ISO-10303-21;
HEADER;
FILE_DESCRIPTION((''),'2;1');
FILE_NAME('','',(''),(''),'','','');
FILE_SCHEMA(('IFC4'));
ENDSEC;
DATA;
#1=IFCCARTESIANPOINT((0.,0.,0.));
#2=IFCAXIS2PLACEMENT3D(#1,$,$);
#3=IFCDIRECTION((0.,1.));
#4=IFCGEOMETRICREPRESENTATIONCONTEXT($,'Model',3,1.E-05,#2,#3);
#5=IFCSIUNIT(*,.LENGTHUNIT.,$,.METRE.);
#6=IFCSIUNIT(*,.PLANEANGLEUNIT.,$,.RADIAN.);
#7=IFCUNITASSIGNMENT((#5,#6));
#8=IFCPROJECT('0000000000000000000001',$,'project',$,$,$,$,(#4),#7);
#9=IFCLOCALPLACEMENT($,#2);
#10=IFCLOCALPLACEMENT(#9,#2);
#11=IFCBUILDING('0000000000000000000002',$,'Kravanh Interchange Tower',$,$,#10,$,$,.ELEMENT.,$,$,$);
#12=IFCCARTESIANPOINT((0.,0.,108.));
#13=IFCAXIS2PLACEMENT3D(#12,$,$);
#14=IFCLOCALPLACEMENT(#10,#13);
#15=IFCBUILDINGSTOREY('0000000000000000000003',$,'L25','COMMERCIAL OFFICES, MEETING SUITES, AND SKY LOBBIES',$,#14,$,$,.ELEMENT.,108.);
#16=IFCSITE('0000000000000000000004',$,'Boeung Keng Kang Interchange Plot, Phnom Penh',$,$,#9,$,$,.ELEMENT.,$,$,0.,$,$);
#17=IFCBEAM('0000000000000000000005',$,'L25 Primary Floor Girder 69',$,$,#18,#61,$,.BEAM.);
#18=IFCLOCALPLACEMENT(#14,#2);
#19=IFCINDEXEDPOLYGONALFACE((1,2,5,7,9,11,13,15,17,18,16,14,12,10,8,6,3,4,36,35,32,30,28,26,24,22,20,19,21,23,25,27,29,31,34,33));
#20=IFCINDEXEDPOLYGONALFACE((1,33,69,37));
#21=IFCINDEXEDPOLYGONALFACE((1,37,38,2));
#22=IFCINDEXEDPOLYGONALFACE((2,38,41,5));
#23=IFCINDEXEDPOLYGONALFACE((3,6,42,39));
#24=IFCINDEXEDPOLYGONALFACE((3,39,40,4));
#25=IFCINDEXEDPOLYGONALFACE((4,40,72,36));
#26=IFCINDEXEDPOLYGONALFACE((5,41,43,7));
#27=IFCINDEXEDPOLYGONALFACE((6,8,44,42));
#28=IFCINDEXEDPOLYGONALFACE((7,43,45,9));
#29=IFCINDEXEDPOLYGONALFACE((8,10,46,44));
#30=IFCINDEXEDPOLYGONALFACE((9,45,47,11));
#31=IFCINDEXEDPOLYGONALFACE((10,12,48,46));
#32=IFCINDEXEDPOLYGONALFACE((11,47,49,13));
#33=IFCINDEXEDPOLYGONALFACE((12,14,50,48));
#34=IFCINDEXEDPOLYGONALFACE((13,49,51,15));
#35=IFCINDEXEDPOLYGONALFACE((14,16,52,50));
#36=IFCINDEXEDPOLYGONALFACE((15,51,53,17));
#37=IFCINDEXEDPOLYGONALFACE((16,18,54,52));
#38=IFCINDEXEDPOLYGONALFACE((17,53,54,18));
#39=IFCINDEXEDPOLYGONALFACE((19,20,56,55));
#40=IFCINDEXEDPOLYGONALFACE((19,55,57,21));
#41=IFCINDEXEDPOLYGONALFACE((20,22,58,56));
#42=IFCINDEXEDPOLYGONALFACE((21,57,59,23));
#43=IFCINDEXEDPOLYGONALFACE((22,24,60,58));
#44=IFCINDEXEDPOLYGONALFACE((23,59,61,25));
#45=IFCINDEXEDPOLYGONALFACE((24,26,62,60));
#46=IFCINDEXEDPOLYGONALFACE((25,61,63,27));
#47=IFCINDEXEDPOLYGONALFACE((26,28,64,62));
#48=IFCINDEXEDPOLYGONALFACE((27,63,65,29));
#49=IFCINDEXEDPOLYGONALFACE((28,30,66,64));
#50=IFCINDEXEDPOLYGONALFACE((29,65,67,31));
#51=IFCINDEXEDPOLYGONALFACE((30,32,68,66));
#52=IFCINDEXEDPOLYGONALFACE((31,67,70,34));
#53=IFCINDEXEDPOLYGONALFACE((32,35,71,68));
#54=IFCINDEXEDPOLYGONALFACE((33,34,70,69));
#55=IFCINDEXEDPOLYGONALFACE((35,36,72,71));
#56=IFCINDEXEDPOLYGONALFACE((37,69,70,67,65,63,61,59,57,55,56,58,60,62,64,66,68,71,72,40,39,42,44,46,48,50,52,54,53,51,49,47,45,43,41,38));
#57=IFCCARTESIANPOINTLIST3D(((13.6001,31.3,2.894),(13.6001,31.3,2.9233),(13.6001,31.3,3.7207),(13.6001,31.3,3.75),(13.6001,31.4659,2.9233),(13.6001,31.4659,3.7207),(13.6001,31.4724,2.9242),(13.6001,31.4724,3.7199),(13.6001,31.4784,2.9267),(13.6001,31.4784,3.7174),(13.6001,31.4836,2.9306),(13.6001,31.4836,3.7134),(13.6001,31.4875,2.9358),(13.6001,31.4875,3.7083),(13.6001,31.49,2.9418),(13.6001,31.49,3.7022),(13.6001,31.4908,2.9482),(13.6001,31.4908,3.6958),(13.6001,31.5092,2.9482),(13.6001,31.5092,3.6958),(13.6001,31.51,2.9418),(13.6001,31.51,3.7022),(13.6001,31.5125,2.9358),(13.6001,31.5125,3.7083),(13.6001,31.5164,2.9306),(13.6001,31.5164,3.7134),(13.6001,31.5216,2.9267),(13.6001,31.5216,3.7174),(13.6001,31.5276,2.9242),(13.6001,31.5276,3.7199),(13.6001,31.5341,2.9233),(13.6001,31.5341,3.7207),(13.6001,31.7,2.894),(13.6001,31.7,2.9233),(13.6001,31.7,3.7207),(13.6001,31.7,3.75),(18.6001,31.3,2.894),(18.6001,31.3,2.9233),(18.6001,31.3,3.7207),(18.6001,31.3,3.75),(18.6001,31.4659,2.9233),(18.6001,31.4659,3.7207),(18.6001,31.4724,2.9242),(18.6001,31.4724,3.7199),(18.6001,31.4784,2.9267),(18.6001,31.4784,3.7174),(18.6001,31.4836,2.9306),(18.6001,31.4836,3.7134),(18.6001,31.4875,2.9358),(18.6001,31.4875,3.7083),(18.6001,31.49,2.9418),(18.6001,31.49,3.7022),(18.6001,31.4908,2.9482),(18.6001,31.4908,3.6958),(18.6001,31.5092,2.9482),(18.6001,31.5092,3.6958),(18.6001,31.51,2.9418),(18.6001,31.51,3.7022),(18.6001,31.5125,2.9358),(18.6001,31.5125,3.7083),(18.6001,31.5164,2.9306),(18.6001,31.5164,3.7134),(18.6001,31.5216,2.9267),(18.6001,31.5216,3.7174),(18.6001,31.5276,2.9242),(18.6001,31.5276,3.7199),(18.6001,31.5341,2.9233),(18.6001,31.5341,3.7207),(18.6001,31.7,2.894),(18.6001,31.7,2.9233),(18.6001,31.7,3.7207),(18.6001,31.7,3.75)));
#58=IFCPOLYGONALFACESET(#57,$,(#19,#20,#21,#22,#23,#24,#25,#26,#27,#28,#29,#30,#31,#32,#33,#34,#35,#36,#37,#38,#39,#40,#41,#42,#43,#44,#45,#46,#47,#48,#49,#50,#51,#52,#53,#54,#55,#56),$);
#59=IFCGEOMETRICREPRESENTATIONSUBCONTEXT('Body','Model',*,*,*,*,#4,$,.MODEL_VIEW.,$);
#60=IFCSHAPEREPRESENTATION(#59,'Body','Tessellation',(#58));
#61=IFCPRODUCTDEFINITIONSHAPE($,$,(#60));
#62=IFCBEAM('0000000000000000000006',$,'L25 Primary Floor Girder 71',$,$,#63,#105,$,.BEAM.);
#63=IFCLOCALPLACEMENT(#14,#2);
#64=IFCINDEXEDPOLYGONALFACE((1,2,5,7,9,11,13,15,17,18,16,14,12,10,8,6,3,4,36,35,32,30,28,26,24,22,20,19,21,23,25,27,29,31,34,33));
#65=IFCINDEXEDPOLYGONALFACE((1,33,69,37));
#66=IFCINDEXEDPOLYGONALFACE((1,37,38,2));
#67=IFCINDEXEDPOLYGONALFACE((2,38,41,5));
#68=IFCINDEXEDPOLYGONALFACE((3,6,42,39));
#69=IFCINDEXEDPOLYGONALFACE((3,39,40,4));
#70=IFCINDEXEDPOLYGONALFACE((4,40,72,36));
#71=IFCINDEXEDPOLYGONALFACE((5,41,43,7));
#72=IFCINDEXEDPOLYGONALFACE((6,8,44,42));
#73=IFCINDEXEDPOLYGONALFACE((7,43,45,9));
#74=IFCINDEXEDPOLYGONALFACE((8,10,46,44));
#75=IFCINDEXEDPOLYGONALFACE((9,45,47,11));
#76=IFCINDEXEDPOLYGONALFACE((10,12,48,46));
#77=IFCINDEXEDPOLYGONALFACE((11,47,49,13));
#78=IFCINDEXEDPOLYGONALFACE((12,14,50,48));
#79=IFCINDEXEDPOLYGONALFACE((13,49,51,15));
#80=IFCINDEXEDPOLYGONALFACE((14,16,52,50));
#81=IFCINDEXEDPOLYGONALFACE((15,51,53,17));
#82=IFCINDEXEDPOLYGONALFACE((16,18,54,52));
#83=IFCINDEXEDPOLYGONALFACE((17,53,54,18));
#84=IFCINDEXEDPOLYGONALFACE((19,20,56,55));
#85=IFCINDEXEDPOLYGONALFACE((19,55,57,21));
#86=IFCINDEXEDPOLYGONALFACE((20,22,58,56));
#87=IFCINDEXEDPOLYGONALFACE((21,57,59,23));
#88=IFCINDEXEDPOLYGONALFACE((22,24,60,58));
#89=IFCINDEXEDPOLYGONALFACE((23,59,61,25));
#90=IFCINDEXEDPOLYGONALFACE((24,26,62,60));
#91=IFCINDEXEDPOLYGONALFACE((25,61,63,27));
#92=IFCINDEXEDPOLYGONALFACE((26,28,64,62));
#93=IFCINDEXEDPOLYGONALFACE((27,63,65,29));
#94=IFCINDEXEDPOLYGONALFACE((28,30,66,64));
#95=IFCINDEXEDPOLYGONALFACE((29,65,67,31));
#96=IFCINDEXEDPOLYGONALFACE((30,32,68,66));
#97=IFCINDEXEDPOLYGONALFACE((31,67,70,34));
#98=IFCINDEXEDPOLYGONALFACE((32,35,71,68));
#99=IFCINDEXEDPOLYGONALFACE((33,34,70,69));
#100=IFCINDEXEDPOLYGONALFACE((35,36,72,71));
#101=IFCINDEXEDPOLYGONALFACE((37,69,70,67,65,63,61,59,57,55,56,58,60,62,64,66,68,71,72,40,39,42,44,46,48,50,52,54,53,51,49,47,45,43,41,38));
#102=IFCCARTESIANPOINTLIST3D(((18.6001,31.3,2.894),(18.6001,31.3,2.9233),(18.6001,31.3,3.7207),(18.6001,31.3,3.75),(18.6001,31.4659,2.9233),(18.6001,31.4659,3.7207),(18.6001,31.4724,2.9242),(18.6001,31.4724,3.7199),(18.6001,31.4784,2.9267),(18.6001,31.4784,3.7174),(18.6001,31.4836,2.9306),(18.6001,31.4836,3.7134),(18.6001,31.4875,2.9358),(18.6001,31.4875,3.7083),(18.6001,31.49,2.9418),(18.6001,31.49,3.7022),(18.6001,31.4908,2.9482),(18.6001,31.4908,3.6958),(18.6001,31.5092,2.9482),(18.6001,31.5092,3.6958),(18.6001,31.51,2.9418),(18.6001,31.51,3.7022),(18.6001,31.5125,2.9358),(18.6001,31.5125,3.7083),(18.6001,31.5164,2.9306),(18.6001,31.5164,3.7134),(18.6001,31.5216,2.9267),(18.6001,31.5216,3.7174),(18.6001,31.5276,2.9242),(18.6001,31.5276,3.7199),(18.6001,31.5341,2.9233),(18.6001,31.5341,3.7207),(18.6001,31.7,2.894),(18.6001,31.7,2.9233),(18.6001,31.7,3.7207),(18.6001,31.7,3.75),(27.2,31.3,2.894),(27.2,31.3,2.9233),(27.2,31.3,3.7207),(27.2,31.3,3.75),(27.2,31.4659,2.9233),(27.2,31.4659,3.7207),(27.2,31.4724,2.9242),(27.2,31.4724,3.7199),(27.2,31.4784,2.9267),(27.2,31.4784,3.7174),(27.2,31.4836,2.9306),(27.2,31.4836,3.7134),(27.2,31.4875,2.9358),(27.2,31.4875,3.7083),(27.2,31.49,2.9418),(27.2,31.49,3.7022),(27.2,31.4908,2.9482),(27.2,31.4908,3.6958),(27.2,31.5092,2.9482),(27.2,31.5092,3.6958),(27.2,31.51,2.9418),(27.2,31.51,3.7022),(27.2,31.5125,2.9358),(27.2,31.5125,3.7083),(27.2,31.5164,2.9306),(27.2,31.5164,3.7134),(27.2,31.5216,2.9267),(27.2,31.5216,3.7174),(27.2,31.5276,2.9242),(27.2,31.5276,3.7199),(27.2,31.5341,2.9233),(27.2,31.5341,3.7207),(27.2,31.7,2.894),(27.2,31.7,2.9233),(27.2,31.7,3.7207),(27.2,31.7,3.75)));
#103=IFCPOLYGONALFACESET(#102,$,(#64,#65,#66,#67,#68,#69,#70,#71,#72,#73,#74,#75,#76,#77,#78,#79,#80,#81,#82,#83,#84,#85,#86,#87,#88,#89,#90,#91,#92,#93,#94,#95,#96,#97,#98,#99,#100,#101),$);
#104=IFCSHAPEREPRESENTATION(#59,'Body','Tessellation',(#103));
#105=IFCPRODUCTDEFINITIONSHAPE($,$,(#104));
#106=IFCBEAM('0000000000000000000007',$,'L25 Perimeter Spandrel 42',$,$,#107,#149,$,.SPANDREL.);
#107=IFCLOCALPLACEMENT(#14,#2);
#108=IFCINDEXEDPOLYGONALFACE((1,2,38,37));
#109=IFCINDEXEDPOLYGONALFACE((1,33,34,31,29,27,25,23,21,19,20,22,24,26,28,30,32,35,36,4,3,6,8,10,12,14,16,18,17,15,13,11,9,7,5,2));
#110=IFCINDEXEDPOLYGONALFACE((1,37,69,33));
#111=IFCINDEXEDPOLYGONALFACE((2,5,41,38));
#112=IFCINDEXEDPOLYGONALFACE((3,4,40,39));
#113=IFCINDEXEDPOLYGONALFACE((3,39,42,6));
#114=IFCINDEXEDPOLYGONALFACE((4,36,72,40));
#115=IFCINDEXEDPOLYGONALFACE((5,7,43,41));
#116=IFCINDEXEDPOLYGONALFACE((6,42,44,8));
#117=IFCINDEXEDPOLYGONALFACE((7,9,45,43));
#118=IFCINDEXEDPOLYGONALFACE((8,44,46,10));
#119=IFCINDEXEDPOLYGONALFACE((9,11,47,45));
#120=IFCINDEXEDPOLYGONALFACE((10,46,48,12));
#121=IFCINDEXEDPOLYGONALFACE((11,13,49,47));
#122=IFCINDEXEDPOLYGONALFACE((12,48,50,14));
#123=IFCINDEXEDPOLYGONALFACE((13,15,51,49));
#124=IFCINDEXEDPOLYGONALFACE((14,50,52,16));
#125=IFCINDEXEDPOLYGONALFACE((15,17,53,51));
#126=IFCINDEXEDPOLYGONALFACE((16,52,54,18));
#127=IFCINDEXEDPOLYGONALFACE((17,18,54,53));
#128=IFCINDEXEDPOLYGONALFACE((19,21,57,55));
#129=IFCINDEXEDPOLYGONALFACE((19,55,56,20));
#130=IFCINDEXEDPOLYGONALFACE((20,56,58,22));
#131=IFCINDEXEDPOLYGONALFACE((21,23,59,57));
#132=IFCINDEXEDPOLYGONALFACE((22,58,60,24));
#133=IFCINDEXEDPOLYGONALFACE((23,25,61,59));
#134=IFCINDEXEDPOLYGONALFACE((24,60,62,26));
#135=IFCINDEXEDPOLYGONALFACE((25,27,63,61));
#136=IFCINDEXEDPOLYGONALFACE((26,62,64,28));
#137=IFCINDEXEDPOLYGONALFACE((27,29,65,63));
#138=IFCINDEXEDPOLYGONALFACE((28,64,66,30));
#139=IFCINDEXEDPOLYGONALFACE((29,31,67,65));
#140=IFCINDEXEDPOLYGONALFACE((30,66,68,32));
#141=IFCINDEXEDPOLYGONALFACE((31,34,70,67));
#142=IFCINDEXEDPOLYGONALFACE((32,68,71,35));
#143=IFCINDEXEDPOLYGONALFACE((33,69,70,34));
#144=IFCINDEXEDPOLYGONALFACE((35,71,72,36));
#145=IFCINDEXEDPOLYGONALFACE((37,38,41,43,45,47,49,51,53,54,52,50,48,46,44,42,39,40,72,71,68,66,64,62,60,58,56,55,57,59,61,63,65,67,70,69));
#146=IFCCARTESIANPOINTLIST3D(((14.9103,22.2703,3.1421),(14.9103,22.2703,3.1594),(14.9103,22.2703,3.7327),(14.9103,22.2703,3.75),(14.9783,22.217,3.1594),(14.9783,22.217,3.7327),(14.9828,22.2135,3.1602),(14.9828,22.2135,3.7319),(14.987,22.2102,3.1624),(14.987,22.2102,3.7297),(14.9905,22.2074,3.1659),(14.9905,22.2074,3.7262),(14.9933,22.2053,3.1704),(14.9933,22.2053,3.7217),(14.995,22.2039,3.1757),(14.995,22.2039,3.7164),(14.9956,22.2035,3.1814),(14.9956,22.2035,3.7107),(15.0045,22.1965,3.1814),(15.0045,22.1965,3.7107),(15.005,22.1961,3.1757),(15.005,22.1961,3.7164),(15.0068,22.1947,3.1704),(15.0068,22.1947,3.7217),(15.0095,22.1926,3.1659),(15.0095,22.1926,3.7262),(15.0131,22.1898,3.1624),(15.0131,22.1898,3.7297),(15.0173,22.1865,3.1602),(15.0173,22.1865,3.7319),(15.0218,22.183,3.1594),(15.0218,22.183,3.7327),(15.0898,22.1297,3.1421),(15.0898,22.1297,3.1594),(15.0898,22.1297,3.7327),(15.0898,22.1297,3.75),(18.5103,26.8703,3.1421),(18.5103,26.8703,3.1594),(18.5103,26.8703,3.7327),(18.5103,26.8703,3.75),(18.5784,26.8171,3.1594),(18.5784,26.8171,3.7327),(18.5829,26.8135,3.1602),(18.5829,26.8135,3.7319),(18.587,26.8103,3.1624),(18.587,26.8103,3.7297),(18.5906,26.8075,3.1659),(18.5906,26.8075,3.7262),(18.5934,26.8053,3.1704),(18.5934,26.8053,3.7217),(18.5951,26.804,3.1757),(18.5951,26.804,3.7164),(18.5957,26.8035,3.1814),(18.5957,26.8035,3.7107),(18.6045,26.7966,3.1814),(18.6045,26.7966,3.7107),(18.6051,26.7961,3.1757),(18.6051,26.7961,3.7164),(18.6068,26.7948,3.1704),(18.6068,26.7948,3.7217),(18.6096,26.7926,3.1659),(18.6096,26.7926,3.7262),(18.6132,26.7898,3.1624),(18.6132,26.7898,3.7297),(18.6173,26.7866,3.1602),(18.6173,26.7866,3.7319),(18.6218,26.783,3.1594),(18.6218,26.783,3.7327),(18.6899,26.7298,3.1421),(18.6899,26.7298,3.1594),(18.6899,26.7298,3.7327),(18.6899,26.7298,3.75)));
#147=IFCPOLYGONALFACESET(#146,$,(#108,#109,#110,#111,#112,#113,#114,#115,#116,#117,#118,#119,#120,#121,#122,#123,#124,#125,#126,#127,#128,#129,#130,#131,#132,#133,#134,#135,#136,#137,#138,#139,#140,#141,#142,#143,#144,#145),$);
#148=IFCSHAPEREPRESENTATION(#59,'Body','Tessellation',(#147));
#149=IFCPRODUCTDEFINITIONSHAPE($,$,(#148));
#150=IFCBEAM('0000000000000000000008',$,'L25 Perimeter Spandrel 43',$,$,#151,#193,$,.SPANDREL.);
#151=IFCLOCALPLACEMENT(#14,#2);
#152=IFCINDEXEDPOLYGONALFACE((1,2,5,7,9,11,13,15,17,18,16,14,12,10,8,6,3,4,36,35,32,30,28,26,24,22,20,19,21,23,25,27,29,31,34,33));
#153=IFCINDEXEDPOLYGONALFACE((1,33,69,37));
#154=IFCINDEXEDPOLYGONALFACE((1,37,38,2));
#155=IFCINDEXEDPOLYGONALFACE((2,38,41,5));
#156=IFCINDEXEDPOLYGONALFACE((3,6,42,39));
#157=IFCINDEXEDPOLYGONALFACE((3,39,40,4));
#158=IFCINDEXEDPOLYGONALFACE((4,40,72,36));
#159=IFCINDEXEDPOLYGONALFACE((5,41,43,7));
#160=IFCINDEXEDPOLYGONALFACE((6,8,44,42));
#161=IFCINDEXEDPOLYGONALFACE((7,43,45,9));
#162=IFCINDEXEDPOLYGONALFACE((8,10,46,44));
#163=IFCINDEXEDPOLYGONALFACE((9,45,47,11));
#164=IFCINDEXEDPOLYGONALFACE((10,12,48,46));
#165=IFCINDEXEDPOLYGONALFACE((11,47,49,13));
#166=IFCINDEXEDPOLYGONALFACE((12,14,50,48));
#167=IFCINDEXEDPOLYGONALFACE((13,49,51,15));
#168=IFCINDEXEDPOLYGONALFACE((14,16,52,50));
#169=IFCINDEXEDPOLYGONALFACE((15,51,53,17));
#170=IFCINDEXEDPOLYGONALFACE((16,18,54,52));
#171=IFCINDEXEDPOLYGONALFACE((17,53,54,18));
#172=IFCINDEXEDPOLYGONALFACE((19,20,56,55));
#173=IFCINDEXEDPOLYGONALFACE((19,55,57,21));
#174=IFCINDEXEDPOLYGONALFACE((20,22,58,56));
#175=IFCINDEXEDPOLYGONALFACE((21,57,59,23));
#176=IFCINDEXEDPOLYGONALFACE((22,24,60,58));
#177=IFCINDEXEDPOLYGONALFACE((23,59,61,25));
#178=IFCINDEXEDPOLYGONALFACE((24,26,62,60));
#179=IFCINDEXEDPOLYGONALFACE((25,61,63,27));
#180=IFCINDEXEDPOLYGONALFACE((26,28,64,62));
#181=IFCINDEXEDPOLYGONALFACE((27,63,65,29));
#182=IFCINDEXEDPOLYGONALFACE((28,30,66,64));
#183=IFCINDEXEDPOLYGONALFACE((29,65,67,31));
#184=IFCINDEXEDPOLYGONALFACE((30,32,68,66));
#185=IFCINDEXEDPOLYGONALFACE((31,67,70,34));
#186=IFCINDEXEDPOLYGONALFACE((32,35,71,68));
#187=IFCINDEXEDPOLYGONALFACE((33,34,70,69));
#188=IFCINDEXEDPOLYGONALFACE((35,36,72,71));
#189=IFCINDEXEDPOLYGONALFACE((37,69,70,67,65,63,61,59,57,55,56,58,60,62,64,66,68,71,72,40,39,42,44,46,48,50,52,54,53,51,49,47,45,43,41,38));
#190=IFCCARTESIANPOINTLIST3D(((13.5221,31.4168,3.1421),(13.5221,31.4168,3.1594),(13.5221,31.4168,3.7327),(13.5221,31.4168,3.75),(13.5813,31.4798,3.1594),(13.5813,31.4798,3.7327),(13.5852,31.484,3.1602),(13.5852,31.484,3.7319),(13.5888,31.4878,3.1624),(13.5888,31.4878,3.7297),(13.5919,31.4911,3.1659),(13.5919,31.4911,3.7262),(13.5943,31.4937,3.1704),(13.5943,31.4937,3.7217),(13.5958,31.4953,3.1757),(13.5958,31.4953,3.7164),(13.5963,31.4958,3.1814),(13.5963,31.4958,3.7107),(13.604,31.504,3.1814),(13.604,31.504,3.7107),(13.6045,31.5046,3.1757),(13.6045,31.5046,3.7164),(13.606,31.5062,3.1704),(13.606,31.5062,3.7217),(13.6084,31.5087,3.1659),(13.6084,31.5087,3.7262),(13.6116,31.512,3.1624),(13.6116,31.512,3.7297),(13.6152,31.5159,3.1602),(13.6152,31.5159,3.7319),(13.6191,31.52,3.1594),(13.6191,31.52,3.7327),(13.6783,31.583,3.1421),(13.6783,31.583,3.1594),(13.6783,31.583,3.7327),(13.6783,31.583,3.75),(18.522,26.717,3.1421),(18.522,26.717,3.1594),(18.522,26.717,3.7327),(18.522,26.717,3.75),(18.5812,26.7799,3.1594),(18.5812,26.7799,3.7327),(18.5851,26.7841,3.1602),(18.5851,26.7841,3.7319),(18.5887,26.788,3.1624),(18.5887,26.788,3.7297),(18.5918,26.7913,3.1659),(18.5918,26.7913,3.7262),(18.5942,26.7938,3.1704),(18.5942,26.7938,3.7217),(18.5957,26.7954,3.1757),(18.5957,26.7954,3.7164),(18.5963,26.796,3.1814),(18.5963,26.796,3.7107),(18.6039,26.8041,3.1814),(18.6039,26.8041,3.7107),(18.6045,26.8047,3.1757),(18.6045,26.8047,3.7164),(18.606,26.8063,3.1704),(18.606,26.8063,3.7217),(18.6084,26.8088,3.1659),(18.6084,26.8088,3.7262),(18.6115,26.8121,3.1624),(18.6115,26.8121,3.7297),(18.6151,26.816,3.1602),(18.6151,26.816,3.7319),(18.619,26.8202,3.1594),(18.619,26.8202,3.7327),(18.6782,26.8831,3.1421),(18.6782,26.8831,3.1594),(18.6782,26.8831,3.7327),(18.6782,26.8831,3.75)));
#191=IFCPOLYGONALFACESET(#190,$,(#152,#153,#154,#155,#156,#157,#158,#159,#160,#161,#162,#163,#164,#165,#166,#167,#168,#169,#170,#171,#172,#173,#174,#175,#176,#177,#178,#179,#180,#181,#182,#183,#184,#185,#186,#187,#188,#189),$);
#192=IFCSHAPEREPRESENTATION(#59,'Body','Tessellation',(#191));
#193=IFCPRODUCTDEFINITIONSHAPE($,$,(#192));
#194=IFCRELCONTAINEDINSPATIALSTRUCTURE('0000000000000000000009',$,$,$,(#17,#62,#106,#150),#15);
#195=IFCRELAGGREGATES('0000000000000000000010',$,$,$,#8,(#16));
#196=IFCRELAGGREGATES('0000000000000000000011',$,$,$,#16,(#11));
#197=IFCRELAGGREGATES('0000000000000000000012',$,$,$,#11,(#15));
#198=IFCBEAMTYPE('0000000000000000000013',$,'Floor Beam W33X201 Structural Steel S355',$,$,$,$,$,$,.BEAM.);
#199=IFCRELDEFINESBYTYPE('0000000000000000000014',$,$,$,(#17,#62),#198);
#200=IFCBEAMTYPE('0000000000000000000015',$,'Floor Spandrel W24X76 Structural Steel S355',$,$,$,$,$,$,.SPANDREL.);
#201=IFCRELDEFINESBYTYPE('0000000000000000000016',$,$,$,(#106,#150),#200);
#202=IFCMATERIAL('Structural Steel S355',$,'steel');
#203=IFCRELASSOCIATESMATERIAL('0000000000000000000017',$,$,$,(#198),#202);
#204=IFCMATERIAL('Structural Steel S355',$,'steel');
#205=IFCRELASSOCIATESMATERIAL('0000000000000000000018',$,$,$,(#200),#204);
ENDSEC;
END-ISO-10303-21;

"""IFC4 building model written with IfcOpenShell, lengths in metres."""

from ifc_helpers import new_model, si_unit, direction, frame, origin, origin_2d, place, context, subcontext, project, spatial, i_section, extrude, material, material_profile, profile_set, type_object, element, save


model = new_model("IFC4")

# Units and contexts
model_context = context("Model", 3, precision=1e-05, world=origin(), true_north=direction((0.0, 1.0)))
body_context = subcontext(model_context, "Body", "Model", "MODEL_VIEW")
ifc_project = project(units=[si_unit("LENGTHUNIT", "METRE"), si_unit("PLANEANGLEUNIT", "RADIAN")], contexts=[model_context])

# Site, building, storey
site_placement = place(None, origin())
site = spatial("IfcSite", under=ifc_project, at=site_placement, Name="Boeung Keng Kang Interchange Plot, Phnom Penh", CompositionType="ELEMENT", RefElevation=0.0)
building_placement = place(site_placement, origin())
building = spatial("IfcBuilding", under=site, at=building_placement, Name="Kravanh Interchange Tower", CompositionType="ELEMENT")
storey_placement = place(building_placement, frame((0.0, 0.0, 108.0)))
storey = spatial("IfcBuildingStorey", under=building, at=storey_placement, Name="L25", Description="COMMERCIAL OFFICES, MEETING SUITES, AND SKY LOBBIES", CompositionType="ELEMENT", Elevation=108.0)

# Beams
ifc_material_1 = material(Name="Structural Steel S355", Category="steel")
ifc_material_profile_1 = material_profile(ifc_material_1, i_section(OverallWidth=0.3999, OverallDepth=0.856, WebThickness=0.0183, FlangeThickness=0.0293, FilletRadius=0.0249, at=origin_2d()), Name="W33X201")
ifc_profile_set_1 = profile_set([ifc_material_profile_1], Name="Structural Steel S355")
beam_type_1 = type_object("IfcBeamType", Name="Floor Beam W33X201 Structural Steel S355", PredefinedType="BEAM", material=ifc_profile_set_1)
beam_1_placement = place(storey_placement, frame((13.6001, 31.5, 3.322), z_axis=(1.0, 0.0, 0.0), x_axis=(0.0, 1.0, 0.0)))
element("IfcBeam", 1, at=beam_1_placement, inside=storey, type_object=beam_type_1, Name="L25 Primary Floor Girder 69", PredefinedType="BEAM", context=body_context, shape_type="SweptSolid", body=[
    extrude(i_section(OverallWidth=0.3999, OverallDepth=0.856, WebThickness=0.0183, FlangeThickness=0.0293, FilletRadius=0.0249, at=origin_2d()), origin(), (0.0, 0.0, 1.0), 5.0),
])
beam_2_placement = place(storey_placement, frame((18.6001, 31.5, 3.322), z_axis=(1.0, 0.0, 0.0), x_axis=(0.0, 1.0, 0.0)))
element("IfcBeam", 2, at=beam_2_placement, inside=storey, type_object=beam_type_1, Name="L25 Primary Floor Girder 71", PredefinedType="BEAM", context=body_context, shape_type="SweptSolid", body=[
    extrude(i_section(OverallWidth=0.3999, OverallDepth=0.856, WebThickness=0.0183, FlangeThickness=0.0293, FilletRadius=0.0249, at=origin_2d()), origin(), (0.0, 0.0, 1.0), 8.5999),
])
ifc_material_2 = material(Name="Structural Steel S355", Category="steel")
ifc_material_profile_2 = material_profile(ifc_material_2, i_section(OverallWidth=0.228, OverallDepth=0.6079, WebThickness=0.0112, FlangeThickness=0.0173, FilletRadius=0.022, at=origin_2d()), Name="W24X76")
ifc_profile_set_2 = profile_set([ifc_material_profile_2], Name="Structural Steel S355")
beam_type_2 = type_object("IfcBeamType", Name="Floor Spandrel W24X76 Structural Steel S355", PredefinedType="SPANDREL", material=ifc_profile_set_2)
beam_3_placement = place(storey_placement, frame((18.6001, 26.8, 3.446), z_axis=(-0.616311, -0.787503, 0.0), x_axis=(0.787503, -0.616311, 0.0)))
element("IfcBeam", 3, at=beam_3_placement, inside=storey, type_object=beam_type_2, Name="L25 Perimeter Spandrel 42", PredefinedType="SPANDREL", context=body_context, shape_type="SweptSolid", body=[
    extrude(i_section(OverallWidth=0.228, OverallDepth=0.6079, WebThickness=0.0112, FlangeThickness=0.0173, FilletRadius=0.022, at=origin_2d()), origin(), (0.0, 0.0, 1.0), 5.8413),
])
beam_4_placement = place(storey_placement, frame((18.6001, 26.8, 3.446), z_axis=(-0.728631, 0.684906, 0.0), x_axis=(-0.684906, -0.728631, 0.0)))
element("IfcBeam", 4, at=beam_4_placement, inside=storey, type_object=beam_type_2, Name="L25 Perimeter Spandrel 43", PredefinedType="SPANDREL", context=body_context, shape_type="SweptSolid", body=[
    extrude(i_section(OverallWidth=0.228, OverallDepth=0.6079, WebThickness=0.0112, FlangeThickness=0.0173, FilletRadius=0.022, at=origin_2d()), origin(), (0.0, 0.0, 1.0), 6.8621),
])

save(model, "model.ifc")
